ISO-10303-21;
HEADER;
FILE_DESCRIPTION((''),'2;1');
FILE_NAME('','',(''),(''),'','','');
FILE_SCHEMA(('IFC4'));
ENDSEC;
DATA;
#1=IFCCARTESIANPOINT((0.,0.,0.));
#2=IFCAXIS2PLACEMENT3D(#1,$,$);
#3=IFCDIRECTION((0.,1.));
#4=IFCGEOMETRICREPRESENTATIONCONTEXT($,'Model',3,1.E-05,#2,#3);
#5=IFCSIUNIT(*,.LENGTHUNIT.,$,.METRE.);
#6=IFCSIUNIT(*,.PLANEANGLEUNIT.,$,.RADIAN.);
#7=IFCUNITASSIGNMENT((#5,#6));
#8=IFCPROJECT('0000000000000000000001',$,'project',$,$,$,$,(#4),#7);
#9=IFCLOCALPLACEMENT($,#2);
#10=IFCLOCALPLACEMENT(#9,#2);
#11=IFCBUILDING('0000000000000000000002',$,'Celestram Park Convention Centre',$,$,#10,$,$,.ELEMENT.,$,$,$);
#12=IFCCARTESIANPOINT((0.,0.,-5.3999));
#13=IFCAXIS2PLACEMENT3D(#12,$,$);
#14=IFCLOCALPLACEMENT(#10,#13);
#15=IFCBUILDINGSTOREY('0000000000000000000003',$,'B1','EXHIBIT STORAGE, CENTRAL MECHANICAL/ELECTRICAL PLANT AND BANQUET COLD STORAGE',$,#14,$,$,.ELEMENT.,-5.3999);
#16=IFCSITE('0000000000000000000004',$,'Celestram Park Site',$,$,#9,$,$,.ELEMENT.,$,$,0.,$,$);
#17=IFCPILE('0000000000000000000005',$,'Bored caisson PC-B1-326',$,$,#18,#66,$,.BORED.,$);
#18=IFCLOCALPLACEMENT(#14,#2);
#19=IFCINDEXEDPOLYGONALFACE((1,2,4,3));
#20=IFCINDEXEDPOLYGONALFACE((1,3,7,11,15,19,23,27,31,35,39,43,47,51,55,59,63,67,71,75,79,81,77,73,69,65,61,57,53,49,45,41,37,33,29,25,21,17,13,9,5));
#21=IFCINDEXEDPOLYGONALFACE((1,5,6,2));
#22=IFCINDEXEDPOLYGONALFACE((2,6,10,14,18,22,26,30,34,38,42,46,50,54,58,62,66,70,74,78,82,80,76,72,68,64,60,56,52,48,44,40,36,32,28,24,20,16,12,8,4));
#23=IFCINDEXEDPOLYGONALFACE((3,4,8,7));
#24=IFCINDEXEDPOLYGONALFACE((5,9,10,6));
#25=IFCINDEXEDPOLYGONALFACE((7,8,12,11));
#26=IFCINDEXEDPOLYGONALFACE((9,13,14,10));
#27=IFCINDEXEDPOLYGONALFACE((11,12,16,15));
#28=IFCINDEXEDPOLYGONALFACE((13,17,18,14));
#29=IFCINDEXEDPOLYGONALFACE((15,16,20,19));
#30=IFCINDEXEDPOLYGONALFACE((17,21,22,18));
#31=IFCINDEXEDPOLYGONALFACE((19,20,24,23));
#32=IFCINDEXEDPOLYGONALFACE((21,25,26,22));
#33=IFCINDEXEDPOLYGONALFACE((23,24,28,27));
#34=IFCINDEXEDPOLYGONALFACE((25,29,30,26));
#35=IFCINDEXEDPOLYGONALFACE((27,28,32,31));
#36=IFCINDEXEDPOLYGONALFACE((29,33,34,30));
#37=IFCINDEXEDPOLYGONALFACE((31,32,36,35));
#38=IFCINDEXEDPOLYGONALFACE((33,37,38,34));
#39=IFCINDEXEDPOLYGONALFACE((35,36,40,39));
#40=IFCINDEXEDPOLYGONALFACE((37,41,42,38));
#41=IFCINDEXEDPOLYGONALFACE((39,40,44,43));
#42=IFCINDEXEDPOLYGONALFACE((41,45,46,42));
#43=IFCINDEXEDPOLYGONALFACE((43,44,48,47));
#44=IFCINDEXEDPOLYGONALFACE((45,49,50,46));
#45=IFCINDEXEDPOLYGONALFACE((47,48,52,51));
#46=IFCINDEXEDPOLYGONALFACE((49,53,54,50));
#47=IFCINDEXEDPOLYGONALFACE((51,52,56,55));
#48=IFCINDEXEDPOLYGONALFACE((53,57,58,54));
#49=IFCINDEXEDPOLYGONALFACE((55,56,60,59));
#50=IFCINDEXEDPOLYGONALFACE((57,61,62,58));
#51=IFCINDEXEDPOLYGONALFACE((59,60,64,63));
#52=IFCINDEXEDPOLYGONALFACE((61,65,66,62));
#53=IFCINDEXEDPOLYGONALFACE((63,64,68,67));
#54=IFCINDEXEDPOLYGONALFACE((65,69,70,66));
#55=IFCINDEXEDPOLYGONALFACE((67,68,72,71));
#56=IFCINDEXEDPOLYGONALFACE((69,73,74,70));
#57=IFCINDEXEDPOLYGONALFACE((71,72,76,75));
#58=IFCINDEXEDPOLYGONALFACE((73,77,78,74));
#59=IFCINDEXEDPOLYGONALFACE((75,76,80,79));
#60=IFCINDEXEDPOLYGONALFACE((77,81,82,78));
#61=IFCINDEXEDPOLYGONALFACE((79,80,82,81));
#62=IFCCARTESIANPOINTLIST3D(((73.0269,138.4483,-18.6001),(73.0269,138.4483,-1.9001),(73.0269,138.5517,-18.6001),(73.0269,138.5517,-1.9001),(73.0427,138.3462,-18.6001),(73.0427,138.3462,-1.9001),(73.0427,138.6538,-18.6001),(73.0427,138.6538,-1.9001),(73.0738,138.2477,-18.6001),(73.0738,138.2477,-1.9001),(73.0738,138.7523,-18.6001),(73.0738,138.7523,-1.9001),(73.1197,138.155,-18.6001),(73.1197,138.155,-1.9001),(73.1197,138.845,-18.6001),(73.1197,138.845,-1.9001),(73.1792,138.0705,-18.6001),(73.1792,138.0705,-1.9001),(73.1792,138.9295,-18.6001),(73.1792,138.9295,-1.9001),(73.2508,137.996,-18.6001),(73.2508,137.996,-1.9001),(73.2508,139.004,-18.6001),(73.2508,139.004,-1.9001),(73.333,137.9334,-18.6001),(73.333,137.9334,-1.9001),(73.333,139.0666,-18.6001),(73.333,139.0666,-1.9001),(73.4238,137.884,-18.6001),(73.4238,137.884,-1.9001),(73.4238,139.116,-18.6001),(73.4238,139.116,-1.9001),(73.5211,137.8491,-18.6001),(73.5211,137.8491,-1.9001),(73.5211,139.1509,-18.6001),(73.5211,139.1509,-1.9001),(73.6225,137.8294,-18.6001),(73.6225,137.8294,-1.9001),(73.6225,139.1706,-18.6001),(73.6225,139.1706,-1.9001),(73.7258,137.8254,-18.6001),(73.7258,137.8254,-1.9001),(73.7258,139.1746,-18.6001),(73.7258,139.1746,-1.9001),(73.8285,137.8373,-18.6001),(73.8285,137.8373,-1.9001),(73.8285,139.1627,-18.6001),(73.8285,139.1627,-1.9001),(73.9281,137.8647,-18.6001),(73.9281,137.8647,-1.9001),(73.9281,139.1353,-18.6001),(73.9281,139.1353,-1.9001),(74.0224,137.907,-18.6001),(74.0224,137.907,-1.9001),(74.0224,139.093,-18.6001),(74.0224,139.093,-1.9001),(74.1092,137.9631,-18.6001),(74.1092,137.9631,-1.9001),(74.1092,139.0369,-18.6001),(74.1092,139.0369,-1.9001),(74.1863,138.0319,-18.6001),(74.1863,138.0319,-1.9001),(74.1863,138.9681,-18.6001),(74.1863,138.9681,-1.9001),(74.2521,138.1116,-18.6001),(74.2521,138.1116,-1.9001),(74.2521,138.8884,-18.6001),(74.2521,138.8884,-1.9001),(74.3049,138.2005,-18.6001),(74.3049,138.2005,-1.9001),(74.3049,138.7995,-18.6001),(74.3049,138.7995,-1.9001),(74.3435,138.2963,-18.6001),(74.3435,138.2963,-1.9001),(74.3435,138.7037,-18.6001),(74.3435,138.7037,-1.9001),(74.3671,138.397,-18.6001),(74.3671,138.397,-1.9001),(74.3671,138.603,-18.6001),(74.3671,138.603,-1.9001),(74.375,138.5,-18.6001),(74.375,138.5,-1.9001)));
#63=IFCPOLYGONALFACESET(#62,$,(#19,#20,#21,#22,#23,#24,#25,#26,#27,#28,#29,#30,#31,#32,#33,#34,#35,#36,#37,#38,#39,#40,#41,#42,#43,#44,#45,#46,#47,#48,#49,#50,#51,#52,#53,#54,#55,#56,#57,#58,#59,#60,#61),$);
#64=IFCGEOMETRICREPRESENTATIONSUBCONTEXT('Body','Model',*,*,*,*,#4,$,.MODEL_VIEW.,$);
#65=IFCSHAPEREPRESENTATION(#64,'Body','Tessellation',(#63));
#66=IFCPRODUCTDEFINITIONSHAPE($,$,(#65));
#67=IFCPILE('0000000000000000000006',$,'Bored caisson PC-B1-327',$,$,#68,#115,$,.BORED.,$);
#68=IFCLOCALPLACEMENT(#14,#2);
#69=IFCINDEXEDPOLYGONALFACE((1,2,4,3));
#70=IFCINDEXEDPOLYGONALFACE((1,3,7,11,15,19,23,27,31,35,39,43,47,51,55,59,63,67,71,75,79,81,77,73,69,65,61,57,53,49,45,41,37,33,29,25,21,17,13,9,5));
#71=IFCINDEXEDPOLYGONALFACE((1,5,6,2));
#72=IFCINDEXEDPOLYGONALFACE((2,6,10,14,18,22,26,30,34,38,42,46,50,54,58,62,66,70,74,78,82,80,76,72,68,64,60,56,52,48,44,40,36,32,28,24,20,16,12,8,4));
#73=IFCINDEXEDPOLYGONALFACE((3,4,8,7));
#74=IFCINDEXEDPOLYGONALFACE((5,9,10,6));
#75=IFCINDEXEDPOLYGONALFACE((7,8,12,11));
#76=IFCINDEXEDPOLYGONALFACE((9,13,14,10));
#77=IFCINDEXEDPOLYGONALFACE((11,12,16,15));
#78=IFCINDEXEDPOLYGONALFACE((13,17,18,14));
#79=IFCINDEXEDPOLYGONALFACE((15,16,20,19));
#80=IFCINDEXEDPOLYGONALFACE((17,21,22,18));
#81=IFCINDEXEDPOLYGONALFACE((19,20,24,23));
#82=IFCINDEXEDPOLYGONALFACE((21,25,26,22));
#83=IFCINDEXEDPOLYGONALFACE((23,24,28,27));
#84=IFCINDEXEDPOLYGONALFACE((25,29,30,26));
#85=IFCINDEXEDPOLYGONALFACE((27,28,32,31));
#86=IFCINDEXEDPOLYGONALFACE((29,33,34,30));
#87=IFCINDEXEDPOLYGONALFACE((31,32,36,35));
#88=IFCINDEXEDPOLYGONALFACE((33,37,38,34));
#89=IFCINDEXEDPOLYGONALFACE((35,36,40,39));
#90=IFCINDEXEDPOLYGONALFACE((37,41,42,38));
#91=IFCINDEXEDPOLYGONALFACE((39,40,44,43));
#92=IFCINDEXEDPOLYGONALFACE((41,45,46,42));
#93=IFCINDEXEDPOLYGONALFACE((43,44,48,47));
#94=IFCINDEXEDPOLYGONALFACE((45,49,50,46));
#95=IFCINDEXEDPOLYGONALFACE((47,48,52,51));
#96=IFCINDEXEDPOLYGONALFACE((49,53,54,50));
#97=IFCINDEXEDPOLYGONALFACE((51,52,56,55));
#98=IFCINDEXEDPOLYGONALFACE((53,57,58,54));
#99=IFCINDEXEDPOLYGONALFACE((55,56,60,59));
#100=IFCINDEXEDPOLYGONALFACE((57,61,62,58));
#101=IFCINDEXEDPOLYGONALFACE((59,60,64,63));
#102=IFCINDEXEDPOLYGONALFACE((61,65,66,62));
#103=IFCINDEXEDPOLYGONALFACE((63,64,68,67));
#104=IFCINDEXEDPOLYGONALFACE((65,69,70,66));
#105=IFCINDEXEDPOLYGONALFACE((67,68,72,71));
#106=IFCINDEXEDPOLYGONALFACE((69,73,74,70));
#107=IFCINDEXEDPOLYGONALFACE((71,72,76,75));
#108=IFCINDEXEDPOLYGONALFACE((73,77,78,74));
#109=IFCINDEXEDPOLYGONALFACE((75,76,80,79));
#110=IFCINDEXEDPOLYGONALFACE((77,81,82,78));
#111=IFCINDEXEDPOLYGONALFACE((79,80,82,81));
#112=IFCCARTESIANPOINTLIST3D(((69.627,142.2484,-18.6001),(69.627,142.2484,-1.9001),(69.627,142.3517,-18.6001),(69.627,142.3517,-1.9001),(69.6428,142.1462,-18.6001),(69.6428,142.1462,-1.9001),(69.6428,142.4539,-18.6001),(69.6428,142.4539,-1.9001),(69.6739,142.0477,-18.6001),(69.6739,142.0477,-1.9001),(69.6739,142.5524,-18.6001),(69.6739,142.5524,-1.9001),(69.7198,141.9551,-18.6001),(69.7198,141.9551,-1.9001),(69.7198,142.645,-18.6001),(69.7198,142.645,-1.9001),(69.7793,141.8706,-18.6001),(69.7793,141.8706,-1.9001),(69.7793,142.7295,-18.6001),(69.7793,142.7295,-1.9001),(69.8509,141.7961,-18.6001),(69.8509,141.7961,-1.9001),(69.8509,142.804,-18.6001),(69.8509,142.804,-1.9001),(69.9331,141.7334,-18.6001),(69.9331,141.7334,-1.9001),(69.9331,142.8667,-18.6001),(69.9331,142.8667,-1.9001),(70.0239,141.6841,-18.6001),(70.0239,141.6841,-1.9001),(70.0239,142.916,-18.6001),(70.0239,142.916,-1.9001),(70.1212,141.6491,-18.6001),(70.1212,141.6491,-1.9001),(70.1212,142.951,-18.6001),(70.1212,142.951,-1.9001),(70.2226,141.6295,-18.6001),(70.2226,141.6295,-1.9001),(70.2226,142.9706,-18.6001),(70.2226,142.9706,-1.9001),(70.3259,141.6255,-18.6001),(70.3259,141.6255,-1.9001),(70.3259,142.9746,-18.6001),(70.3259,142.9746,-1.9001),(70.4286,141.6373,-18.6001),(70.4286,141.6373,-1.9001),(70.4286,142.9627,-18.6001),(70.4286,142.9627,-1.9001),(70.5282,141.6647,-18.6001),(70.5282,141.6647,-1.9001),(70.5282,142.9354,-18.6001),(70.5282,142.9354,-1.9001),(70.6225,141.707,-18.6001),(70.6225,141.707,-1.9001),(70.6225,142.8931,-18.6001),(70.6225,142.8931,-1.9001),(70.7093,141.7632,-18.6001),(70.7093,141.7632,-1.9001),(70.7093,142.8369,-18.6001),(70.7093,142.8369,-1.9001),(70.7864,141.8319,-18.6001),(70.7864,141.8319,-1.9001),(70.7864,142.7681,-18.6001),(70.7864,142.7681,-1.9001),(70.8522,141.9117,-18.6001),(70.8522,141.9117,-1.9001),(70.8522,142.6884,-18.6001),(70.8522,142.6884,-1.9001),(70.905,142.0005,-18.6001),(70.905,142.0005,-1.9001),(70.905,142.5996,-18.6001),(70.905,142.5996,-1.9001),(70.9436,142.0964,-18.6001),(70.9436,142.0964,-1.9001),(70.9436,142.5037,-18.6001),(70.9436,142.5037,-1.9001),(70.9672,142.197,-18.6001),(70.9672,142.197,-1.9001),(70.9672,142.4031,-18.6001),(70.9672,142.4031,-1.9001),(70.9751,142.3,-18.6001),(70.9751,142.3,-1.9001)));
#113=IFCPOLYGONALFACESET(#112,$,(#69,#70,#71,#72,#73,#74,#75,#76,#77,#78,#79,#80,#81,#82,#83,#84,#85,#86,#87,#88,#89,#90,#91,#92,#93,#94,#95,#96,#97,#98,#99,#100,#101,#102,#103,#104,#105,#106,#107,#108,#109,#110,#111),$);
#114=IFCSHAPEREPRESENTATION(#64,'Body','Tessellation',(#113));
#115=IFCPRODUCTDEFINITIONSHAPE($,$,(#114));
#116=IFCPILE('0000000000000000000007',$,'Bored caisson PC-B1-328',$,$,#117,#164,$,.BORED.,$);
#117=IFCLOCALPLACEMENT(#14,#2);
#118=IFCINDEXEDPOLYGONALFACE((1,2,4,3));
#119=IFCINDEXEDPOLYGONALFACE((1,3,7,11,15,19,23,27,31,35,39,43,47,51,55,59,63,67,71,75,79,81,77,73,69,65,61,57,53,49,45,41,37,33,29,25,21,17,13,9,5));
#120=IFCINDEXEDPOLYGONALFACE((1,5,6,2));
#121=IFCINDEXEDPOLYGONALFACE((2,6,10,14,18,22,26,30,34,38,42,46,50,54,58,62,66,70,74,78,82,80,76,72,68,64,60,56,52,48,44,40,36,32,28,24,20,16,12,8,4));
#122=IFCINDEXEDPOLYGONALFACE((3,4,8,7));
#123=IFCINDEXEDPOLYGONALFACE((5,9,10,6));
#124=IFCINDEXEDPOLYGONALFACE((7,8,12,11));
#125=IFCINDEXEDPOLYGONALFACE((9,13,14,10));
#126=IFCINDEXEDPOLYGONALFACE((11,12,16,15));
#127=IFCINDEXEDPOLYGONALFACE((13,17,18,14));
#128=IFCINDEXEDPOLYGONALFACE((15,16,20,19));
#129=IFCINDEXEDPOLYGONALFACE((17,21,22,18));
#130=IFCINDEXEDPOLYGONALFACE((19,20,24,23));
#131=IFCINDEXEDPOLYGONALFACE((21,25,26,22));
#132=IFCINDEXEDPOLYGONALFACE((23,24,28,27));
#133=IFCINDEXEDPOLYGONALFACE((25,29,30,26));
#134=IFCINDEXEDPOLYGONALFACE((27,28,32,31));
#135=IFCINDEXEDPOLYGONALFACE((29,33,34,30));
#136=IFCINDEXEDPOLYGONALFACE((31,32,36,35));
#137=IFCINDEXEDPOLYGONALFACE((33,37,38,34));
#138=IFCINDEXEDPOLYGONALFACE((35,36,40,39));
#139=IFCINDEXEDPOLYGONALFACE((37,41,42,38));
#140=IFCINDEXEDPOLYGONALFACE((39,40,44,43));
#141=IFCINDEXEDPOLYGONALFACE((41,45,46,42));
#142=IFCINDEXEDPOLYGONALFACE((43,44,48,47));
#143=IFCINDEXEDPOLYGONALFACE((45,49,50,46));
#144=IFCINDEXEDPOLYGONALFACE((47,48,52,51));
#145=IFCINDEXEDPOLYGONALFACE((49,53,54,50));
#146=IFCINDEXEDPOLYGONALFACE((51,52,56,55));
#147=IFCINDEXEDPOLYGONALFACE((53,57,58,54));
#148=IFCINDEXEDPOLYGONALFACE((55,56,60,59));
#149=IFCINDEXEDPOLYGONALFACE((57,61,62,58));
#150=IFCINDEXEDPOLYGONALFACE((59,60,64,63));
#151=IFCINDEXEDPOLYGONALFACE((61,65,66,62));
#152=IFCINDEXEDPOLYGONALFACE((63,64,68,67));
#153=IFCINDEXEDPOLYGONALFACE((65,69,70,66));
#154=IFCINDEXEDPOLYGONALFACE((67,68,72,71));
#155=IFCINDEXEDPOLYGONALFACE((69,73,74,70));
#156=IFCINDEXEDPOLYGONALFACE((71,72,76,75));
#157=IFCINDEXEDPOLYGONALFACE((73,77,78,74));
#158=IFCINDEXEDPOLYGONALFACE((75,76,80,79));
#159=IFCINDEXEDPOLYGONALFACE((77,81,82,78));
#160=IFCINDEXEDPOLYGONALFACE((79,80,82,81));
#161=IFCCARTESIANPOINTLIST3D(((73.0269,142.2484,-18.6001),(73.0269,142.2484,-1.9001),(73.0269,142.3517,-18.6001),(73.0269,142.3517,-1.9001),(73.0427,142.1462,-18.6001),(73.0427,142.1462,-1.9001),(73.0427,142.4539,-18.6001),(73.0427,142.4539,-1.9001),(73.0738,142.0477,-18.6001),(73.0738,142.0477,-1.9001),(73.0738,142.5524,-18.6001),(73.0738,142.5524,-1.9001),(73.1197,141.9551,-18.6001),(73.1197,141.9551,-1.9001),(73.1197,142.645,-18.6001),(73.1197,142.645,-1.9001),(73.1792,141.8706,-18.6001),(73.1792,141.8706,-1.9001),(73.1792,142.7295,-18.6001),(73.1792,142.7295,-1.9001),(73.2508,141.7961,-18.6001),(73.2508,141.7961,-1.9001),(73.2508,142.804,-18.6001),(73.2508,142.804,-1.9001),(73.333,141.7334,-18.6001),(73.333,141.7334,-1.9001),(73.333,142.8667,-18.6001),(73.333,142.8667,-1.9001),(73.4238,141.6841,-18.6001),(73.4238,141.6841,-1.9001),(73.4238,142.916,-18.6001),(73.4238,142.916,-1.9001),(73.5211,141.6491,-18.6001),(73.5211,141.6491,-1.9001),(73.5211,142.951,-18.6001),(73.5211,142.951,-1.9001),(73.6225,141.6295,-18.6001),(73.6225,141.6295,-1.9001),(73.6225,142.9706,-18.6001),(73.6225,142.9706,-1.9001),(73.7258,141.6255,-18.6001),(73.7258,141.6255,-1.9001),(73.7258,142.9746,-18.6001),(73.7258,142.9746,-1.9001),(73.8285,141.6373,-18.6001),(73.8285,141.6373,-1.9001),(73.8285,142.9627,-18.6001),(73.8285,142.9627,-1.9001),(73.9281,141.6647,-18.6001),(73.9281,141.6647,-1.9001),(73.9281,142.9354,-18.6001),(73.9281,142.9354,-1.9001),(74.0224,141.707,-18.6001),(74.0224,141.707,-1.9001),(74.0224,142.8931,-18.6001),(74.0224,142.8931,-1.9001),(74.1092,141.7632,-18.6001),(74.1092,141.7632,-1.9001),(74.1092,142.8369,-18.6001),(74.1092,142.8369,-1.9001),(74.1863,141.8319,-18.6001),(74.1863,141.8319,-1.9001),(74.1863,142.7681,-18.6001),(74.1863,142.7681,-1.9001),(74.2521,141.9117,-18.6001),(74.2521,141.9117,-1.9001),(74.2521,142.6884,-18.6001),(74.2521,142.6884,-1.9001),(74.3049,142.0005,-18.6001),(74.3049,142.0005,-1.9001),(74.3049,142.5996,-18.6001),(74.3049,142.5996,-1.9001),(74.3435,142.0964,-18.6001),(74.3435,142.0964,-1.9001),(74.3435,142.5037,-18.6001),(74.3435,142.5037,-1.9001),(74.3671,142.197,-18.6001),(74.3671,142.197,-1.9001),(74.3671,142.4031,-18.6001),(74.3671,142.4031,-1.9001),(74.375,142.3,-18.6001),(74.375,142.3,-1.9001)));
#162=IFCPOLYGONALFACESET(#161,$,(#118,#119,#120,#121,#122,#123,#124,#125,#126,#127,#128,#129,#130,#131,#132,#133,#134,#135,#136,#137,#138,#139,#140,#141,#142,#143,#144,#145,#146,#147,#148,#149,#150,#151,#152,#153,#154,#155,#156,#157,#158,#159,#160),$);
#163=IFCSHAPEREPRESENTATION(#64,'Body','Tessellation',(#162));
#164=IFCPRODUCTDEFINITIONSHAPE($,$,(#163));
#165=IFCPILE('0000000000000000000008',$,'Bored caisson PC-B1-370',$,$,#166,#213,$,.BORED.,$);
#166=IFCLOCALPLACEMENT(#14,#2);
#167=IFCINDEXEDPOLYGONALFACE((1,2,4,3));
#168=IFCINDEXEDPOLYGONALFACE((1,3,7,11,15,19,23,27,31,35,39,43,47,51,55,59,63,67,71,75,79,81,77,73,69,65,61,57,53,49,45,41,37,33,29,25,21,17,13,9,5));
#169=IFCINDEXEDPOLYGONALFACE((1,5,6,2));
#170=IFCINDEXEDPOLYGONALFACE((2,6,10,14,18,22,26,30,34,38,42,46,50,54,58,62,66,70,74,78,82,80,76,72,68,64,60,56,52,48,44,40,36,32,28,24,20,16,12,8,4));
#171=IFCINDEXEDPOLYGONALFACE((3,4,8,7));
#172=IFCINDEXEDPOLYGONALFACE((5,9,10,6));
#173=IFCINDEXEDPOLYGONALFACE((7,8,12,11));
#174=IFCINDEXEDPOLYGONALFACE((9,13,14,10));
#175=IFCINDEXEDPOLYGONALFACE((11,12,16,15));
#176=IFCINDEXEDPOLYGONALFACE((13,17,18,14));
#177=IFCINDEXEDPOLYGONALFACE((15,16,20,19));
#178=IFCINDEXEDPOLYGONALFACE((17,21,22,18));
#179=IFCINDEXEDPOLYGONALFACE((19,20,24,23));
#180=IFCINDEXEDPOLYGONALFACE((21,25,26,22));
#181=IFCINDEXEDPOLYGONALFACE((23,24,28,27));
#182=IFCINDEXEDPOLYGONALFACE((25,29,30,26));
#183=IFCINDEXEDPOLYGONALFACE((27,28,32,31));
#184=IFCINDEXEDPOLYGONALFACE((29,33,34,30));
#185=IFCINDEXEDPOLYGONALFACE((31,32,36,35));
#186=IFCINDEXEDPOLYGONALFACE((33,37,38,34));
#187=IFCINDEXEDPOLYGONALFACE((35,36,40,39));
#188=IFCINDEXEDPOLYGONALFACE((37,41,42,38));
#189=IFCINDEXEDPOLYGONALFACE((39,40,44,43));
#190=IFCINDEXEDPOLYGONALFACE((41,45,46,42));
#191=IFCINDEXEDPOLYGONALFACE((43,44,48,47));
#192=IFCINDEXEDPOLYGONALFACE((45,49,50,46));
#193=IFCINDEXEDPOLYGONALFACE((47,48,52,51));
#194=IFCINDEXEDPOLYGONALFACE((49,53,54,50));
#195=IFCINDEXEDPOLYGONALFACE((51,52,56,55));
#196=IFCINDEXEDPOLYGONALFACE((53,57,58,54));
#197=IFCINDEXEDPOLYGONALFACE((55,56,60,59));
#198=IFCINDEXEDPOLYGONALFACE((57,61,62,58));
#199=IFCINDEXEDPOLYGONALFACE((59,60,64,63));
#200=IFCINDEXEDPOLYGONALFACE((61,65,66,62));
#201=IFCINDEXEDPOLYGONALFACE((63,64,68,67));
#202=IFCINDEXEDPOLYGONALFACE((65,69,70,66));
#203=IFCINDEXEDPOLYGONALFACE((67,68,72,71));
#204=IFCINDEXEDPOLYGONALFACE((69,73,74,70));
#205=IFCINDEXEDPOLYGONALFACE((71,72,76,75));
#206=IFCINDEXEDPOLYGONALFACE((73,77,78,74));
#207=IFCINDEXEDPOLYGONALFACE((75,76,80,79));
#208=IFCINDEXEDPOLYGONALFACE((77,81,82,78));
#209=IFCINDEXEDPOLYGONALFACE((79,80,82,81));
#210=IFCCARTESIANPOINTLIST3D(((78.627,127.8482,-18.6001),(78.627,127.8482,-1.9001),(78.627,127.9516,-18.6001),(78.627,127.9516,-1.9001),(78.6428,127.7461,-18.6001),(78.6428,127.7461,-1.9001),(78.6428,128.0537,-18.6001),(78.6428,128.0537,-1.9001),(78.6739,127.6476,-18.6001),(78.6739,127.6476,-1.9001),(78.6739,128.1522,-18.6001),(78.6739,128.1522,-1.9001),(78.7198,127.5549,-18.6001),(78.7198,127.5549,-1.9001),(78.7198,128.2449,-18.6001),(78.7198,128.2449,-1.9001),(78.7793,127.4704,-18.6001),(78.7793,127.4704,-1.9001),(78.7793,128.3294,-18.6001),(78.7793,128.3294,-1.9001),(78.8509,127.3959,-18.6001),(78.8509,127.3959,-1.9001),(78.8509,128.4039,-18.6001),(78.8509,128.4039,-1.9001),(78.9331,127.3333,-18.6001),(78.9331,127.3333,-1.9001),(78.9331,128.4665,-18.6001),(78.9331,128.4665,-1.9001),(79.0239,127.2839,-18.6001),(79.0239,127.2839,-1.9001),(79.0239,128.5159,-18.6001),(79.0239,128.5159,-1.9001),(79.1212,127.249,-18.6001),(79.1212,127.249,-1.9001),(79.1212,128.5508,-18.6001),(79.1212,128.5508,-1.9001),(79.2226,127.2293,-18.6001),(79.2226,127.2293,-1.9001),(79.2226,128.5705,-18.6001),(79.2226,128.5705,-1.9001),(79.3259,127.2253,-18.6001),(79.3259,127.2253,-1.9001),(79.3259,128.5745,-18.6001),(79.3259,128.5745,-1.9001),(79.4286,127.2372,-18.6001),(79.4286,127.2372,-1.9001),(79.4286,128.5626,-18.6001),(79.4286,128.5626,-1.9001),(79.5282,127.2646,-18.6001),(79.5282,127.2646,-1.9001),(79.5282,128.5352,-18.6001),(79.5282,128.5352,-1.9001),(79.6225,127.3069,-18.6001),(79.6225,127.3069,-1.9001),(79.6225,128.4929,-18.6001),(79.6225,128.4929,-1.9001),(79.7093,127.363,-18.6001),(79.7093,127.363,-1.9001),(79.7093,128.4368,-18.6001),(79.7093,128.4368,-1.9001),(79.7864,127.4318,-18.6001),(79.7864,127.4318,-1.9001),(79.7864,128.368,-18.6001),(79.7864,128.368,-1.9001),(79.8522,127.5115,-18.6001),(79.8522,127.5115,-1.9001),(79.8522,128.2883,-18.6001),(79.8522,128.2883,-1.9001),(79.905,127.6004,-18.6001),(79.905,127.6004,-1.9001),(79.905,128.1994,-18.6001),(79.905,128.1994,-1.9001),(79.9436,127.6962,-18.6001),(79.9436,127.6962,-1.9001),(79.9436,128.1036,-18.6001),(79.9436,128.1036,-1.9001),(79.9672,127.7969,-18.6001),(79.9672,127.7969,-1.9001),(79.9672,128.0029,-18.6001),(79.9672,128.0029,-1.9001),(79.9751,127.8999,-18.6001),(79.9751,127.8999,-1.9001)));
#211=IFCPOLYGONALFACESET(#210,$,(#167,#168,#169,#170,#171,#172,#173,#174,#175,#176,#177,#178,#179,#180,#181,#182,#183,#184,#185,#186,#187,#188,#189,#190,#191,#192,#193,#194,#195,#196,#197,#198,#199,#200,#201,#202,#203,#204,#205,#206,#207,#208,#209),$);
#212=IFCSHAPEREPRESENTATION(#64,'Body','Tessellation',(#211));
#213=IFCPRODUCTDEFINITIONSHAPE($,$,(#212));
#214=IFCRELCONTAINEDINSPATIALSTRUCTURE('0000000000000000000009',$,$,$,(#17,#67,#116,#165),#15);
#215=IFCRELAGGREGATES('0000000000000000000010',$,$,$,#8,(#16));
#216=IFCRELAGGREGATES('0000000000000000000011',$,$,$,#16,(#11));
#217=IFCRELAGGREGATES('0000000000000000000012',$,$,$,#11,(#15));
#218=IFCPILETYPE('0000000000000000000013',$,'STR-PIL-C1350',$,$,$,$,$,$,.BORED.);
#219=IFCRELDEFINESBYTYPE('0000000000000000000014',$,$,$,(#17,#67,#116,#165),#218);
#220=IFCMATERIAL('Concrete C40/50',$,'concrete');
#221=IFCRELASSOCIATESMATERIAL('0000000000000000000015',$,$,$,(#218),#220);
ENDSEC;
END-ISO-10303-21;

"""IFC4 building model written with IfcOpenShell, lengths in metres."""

from ifc_helpers import new_model, si_unit, direction, frame, origin, origin_2d, place, context, subcontext, project, spatial, circle, extrude, material, material_profile, profile_set, type_object, element, save


model = new_model("IFC4")

# Units and contexts
model_context = context("Model", 3, precision=1e-05, world=origin(), true_north=direction((0.0, 1.0)))
body_context = subcontext(model_context, "Body", "Model", "MODEL_VIEW")
ifc_project = project(units=[si_unit("LENGTHUNIT", "METRE"), si_unit("PLANEANGLEUNIT", "RADIAN")], contexts=[model_context])

# Site, building, storey
site_placement = place(None, origin())
site = spatial("IfcSite", under=ifc_project, at=site_placement, Name="Celestram Park Site", CompositionType="ELEMENT", RefElevation=0.0)
building_placement = place(site_placement, origin())
building = spatial("IfcBuilding", under=site, at=building_placement, Name="Celestram Park Convention Centre", CompositionType="ELEMENT")
storey_placement = place(building_placement, frame((0.0, 0.0, -5.3999)))
storey = spatial("IfcBuildingStorey", under=building, at=storey_placement, Name="B1", Description="EXHIBIT STORAGE, CENTRAL MECHANICAL/ELECTRICAL PLANT AND BANQUET COLD STORAGE", CompositionType="ELEMENT", Elevation=-5.3999)

# Shared definitions
ifc_material_1 = material(Name="Concrete C40/50", Category="concrete")

# Piles
ifc_material_profile_1 = material_profile(ifc_material_1, circle(Radius=0.675, at=origin_2d()), Name="CAISSON1350")
ifc_profile_set_1 = profile_set([ifc_material_profile_1], Name="Concrete C40/50")
pile_type = type_object("IfcPileType", Name="STR-PIL-C1350", PredefinedType="BORED", material=ifc_profile_set_1)
for number, where, z_axis, x_axis, name in (
    (1, (73.7, 138.5, -1.9001), (0.0, 0.0, -1.0), (1.0, 0.0, 0.0), "Bored caisson PC-B1-326"),
    (2, (70.3, 142.3, -1.9001), (0.0, 0.0, -1.0), (1.0, 0.0, 0.0), "Bored caisson PC-B1-327"),
    (3, (73.7, 142.3, -1.9001), (0.0, 0.0, -1.0), (1.0, 0.0, 0.0), "Bored caisson PC-B1-328"),
    (4, (79.3, 127.8999, -1.9001), (0.0, 0.0, -1.0), (1.0, 0.0, 0.0), "Bored caisson PC-B1-370"),
):
    element("IfcPile", number, at=place(storey_placement, frame(where, z_axis=z_axis, x_axis=x_axis)), inside=storey, type_object=pile_type, Name=name, PredefinedType="BORED", context=body_context, shape_type="SweptSolid", body=[
        extrude(circle(Radius=0.675, at=origin_2d()), origin(), (0.0, 0.0, 1.0), 16.7),
    ])

save(model, "model.ifc")
